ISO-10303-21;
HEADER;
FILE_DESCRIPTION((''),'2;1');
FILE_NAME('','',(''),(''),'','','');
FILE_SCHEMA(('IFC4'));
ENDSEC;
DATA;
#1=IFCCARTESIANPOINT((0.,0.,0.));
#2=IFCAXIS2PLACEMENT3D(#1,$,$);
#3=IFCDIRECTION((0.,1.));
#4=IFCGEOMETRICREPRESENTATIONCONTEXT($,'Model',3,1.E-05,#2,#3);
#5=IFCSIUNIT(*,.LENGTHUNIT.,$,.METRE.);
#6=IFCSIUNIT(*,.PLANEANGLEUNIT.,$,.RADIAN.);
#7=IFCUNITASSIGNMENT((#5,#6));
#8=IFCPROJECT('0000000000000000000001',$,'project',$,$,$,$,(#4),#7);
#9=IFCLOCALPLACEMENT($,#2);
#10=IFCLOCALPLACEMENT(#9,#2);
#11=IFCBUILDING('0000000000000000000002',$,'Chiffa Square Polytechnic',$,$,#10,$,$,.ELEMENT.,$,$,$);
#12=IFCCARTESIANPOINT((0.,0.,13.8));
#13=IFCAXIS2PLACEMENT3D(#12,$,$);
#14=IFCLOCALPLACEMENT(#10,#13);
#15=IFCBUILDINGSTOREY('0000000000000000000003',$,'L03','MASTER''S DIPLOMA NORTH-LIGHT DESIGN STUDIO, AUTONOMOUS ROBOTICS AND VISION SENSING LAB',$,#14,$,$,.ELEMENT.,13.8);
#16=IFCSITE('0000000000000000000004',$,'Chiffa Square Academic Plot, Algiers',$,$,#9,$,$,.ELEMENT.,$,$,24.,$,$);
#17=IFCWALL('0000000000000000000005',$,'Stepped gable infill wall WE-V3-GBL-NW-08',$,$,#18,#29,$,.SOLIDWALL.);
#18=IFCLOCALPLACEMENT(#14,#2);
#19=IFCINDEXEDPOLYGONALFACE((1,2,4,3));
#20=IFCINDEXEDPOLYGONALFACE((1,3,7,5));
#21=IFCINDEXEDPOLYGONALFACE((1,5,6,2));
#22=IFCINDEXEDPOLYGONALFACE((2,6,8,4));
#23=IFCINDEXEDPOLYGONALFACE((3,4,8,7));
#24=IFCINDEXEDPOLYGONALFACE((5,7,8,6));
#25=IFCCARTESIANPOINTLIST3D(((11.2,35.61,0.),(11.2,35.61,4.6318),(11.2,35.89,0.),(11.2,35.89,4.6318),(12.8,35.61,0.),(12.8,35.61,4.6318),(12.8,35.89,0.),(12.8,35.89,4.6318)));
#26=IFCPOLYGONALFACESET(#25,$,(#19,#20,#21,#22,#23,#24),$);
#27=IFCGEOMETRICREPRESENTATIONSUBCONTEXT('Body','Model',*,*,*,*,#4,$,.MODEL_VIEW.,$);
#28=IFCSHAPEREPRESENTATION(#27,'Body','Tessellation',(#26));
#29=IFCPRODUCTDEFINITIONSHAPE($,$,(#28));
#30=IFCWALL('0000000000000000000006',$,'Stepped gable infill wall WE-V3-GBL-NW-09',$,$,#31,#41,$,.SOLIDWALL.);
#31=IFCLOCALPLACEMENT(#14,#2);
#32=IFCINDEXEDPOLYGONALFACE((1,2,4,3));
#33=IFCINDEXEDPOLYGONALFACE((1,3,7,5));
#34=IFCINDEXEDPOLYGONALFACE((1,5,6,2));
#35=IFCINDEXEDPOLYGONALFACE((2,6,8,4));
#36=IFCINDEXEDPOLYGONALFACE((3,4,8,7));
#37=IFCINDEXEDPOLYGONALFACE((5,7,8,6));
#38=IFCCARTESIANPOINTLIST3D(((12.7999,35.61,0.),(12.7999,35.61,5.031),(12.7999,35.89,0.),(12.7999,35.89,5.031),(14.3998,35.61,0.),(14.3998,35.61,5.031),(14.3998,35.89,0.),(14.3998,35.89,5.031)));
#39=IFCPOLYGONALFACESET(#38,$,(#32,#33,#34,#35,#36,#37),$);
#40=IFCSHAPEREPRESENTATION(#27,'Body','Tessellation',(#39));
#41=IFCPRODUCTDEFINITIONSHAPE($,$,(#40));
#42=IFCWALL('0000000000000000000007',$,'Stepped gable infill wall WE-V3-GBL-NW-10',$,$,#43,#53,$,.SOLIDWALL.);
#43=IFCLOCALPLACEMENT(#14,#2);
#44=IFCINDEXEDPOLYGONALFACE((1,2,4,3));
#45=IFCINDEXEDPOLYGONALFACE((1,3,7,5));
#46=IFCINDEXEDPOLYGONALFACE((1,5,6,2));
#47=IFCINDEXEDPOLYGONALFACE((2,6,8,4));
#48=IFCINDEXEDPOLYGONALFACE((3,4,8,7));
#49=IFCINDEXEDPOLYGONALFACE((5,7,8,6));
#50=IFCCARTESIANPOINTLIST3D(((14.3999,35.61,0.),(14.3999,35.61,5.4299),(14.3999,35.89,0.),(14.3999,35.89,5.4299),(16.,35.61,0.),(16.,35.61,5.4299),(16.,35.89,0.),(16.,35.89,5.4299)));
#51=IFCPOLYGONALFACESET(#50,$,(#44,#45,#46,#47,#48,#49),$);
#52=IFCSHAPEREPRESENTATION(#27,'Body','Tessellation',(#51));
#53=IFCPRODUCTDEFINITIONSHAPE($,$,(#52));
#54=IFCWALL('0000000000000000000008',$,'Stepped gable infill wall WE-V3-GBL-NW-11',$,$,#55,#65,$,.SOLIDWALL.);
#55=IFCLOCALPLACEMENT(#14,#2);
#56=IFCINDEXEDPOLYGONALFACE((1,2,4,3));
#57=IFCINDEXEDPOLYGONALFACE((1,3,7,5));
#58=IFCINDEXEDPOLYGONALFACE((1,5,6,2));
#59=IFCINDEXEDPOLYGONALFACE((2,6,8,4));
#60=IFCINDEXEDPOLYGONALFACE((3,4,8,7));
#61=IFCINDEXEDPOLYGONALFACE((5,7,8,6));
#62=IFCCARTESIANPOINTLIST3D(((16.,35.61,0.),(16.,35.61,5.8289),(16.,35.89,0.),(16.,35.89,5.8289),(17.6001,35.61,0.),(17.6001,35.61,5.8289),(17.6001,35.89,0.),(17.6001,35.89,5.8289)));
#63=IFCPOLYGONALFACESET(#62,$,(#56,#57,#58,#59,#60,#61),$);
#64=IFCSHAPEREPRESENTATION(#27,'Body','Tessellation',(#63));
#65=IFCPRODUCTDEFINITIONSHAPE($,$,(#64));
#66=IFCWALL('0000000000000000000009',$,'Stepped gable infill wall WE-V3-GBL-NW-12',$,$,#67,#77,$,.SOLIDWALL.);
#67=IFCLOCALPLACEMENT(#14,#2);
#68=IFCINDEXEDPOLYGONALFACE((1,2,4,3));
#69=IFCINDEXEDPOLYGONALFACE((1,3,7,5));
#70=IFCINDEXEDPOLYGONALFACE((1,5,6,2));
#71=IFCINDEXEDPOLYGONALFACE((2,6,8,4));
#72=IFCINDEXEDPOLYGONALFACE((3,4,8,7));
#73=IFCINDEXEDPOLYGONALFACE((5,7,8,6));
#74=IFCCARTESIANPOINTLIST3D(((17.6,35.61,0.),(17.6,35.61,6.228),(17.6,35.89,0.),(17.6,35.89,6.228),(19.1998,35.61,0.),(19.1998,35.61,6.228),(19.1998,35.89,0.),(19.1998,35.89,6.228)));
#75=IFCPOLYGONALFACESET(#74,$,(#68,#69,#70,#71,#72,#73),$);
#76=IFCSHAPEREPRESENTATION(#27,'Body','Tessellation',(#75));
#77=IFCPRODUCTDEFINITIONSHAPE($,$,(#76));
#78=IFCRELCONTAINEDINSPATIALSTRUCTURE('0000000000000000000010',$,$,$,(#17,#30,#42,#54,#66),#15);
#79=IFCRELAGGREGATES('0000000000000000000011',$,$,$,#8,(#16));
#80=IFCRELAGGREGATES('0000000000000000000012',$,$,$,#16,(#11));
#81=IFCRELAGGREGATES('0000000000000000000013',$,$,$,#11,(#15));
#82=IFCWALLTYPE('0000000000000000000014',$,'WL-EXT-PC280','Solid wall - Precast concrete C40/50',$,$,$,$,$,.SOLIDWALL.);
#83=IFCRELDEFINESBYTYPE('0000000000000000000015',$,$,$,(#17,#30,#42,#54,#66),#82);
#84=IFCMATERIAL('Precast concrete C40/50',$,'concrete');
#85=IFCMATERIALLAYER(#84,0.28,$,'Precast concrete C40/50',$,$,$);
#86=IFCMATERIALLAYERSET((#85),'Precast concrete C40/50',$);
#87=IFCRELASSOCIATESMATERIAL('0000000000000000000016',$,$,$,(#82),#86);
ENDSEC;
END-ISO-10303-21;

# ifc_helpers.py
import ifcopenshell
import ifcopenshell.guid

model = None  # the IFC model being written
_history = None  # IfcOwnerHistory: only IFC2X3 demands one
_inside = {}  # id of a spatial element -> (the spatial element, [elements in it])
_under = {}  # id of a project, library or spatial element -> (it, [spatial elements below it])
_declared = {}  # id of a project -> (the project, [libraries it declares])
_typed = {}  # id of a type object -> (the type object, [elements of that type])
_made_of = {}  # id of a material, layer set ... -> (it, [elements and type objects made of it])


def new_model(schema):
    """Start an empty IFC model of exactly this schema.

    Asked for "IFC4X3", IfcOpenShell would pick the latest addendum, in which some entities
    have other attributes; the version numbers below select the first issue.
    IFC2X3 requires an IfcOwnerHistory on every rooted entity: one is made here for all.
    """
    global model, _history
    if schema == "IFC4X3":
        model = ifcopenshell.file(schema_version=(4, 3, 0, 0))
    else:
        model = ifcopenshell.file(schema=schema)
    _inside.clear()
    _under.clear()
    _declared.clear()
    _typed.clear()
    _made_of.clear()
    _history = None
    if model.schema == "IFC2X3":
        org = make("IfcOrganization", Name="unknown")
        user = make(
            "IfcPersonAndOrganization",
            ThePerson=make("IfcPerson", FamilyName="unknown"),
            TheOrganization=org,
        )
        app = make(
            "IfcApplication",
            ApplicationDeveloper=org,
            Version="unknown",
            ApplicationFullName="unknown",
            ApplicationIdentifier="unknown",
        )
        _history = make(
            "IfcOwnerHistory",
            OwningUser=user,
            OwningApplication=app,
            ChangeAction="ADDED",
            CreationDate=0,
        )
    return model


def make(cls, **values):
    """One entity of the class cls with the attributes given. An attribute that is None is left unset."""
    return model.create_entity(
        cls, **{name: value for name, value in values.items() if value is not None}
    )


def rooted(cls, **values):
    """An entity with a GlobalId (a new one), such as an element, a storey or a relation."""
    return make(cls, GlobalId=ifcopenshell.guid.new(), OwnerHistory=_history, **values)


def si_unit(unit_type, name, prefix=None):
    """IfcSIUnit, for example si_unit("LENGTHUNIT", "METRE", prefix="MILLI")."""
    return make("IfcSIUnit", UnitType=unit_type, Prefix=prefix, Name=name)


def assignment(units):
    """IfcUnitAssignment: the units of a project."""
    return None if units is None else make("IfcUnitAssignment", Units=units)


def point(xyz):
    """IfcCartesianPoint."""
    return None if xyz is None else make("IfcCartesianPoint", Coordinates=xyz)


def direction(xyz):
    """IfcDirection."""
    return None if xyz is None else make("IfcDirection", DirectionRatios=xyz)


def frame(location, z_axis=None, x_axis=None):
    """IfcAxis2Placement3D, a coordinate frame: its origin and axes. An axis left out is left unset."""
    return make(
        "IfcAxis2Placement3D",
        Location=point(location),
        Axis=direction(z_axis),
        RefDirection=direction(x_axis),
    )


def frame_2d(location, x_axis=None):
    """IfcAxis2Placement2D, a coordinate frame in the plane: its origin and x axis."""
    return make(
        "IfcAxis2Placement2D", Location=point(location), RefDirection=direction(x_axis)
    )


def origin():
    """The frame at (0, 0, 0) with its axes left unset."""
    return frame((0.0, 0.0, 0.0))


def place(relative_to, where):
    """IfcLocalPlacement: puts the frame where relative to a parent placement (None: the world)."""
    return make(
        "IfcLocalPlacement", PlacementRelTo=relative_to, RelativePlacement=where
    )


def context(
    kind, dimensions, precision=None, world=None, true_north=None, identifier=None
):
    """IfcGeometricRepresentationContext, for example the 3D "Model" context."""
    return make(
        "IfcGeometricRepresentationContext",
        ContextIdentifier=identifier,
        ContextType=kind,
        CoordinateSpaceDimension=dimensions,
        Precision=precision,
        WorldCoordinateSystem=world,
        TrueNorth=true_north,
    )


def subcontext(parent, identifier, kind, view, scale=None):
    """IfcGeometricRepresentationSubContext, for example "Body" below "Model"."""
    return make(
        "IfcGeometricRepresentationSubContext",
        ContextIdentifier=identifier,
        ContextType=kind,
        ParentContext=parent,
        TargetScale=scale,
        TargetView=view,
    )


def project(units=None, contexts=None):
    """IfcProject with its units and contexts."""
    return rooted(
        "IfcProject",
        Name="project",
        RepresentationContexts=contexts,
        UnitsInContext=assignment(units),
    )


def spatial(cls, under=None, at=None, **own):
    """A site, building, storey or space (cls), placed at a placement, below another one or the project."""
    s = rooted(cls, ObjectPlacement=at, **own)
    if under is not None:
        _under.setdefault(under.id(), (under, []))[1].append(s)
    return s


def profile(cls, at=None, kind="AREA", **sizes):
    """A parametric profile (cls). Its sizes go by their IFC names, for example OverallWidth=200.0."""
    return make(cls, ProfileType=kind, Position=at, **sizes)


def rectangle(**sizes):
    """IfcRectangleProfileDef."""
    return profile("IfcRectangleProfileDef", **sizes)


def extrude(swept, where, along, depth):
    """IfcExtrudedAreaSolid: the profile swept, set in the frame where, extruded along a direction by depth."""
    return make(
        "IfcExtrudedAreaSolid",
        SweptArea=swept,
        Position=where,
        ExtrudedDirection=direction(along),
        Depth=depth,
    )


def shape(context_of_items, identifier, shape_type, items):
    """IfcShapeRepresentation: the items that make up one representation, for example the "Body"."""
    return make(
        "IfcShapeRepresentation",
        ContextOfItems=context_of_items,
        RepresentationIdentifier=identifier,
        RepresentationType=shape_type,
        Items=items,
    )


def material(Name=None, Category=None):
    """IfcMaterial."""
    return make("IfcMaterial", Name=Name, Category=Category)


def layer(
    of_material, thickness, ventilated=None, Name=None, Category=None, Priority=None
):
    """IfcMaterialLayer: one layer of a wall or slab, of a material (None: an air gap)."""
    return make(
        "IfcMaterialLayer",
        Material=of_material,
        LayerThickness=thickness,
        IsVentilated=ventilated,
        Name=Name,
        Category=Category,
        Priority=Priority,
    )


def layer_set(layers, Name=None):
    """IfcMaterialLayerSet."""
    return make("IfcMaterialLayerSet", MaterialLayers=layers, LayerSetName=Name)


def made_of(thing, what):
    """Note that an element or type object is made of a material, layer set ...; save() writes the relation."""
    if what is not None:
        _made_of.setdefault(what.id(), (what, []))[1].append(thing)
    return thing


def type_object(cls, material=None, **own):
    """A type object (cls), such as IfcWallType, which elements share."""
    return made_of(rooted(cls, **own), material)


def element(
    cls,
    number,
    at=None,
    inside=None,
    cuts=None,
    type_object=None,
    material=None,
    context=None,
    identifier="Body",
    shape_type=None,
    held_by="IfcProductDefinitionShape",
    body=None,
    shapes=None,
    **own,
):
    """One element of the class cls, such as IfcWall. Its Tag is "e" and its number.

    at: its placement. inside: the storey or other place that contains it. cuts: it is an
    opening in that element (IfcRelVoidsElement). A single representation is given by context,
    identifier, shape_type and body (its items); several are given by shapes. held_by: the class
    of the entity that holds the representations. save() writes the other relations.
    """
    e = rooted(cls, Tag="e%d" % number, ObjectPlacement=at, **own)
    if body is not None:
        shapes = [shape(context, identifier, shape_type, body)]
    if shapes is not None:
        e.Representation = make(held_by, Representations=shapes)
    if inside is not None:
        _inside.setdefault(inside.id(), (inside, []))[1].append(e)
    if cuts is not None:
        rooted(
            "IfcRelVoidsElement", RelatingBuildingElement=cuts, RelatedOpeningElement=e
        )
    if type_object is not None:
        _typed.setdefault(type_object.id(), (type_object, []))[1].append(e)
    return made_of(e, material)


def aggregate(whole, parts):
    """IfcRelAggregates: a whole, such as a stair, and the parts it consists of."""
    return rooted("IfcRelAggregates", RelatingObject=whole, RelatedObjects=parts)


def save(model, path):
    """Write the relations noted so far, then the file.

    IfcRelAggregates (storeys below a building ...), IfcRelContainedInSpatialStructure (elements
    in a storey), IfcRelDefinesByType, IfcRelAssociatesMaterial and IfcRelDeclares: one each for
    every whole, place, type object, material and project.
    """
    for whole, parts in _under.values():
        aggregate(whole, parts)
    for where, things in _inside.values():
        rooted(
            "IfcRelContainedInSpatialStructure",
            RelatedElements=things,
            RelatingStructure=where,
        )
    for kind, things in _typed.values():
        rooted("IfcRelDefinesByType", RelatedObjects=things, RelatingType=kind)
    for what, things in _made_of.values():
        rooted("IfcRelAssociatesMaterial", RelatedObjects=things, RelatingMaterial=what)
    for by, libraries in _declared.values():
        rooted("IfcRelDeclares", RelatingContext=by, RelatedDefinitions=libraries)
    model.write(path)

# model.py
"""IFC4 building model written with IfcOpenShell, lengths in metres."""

from ifc_helpers import new_model, si_unit, direction, frame, frame_2d, origin, place, context, subcontext, project, spatial, rectangle, extrude, material, layer, layer_set, type_object, element, save


model = new_model("IFC4")

# Units and contexts
model_context = context("Model", 3, precision=1e-05, world=origin(), true_north=direction((0.0, 1.0)))
body_context = subcontext(model_context, "Body", "Model", "MODEL_VIEW")
ifc_project = project(units=[si_unit("LENGTHUNIT", "METRE"), si_unit("PLANEANGLEUNIT", "RADIAN")], contexts=[model_context])

# Site, building, storey
site_placement = place(None, origin())
site = spatial("IfcSite", under=ifc_project, at=site_placement, Name="Chiffa Square Academic Plot, Algiers", CompositionType="ELEMENT", RefElevation=24.0)
building_placement = place(site_placement, origin())
building = spatial("IfcBuilding", under=site, at=building_placement, Name="Chiffa Square Polytechnic", CompositionType="ELEMENT")
storey_placement = place(building_placement, frame((0.0, 0.0, 13.8)))
storey = spatial("IfcBuildingStorey", under=building, at=storey_placement, Name="L03", Description="MASTER'S DIPLOMA NORTH-LIGHT DESIGN STUDIO, AUTONOMOUS ROBOTICS AND VISION SENSING LAB", CompositionType="ELEMENT", Elevation=13.8)

# Walls
ifc_material_1 = material(Name="Precast concrete C40/50", Category="concrete")
ifc_layer = layer(ifc_material_1, 0.28, Name="Precast concrete C40/50")
ifc_layer_set = layer_set([ifc_layer], Name="Precast concrete C40/50")
wall_type = type_object("IfcWallType", Name="WL-EXT-PC280", Description="Solid wall - Precast concrete C40/50", PredefinedType="SOLIDWALL", material=ifc_layer_set)
wall_1_placement = place(storey_placement, frame((11.2, 35.75, 0.0), z_axis=(0.0, 0.0, 1.0), x_axis=(1.0, 0.0, 0.0)))
element("IfcWall", 1, at=wall_1_placement, inside=storey, type_object=wall_type, Name="Stepped gable infill wall WE-V3-GBL-NW-08", PredefinedType="SOLIDWALL", context=body_context, shape_type="SweptSolid", body=[
    extrude(rectangle(XDim=1.6001, YDim=0.28, at=frame_2d((0.8, 0.0))), origin(), (0.0, 0.0, 1.0), 4.6318),
])
wall_2_placement = place(storey_placement, frame((12.8, 35.75, 0.0), z_axis=(0.0, 0.0, 1.0), x_axis=(1.0, 0.0, 0.0)))
element("IfcWall", 2, at=wall_2_placement, inside=storey, type_object=wall_type, Name="Stepped gable infill wall WE-V3-GBL-NW-09", PredefinedType="SOLIDWALL", context=body_context, shape_type="SweptSolid", body=[
    extrude(rectangle(XDim=1.5999, YDim=0.28, at=frame_2d((0.7998, 0.0))), origin(), (0.0, 0.0, 1.0), 5.031),
])
wall_3_placement = place(storey_placement, frame((14.3999, 35.75, 0.0), z_axis=(0.0, 0.0, 1.0), x_axis=(1.0, 0.0, 0.0)))
element("IfcWall", 3, at=wall_3_placement, inside=storey, type_object=wall_type, Name="Stepped gable infill wall WE-V3-GBL-NW-10", PredefinedType="SOLIDWALL", context=body_context, shape_type="SweptSolid", body=[
    extrude(rectangle(XDim=1.6001, YDim=0.28, at=frame_2d((0.8, 0.0))), origin(), (0.0, 0.0, 1.0), 5.4299),
])
wall_4_placement = place(storey_placement, frame((16.0, 35.75, 0.0), z_axis=(0.0, 0.0, 1.0), x_axis=(1.0, 0.0, 0.0)))
element("IfcWall", 4, at=wall_4_placement, inside=storey, type_object=wall_type, Name="Stepped gable infill wall WE-V3-GBL-NW-11", PredefinedType="SOLIDWALL", context=body_context, shape_type="SweptSolid", body=[
    extrude(rectangle(XDim=1.6001, YDim=0.28, at=frame_2d((0.8, 0.0))), origin(), (0.0, 0.0, 1.0), 5.8289),
])
wall_5_placement = place(storey_placement, frame((17.6001, 35.75, 0.0), z_axis=(0.0, 0.0, 1.0), x_axis=(1.0, 0.0, 0.0)))
element("IfcWall", 5, at=wall_5_placement, inside=storey, type_object=wall_type, Name="Stepped gable infill wall WE-V3-GBL-NW-12", PredefinedType="SOLIDWALL", context=body_context, shape_type="SweptSolid", body=[
    extrude(rectangle(XDim=1.5999, YDim=0.28, at=frame_2d((0.7998, 0.0))), origin(), (0.0, 0.0, 1.0), 6.228),
])

save(model, "model.ifc")
